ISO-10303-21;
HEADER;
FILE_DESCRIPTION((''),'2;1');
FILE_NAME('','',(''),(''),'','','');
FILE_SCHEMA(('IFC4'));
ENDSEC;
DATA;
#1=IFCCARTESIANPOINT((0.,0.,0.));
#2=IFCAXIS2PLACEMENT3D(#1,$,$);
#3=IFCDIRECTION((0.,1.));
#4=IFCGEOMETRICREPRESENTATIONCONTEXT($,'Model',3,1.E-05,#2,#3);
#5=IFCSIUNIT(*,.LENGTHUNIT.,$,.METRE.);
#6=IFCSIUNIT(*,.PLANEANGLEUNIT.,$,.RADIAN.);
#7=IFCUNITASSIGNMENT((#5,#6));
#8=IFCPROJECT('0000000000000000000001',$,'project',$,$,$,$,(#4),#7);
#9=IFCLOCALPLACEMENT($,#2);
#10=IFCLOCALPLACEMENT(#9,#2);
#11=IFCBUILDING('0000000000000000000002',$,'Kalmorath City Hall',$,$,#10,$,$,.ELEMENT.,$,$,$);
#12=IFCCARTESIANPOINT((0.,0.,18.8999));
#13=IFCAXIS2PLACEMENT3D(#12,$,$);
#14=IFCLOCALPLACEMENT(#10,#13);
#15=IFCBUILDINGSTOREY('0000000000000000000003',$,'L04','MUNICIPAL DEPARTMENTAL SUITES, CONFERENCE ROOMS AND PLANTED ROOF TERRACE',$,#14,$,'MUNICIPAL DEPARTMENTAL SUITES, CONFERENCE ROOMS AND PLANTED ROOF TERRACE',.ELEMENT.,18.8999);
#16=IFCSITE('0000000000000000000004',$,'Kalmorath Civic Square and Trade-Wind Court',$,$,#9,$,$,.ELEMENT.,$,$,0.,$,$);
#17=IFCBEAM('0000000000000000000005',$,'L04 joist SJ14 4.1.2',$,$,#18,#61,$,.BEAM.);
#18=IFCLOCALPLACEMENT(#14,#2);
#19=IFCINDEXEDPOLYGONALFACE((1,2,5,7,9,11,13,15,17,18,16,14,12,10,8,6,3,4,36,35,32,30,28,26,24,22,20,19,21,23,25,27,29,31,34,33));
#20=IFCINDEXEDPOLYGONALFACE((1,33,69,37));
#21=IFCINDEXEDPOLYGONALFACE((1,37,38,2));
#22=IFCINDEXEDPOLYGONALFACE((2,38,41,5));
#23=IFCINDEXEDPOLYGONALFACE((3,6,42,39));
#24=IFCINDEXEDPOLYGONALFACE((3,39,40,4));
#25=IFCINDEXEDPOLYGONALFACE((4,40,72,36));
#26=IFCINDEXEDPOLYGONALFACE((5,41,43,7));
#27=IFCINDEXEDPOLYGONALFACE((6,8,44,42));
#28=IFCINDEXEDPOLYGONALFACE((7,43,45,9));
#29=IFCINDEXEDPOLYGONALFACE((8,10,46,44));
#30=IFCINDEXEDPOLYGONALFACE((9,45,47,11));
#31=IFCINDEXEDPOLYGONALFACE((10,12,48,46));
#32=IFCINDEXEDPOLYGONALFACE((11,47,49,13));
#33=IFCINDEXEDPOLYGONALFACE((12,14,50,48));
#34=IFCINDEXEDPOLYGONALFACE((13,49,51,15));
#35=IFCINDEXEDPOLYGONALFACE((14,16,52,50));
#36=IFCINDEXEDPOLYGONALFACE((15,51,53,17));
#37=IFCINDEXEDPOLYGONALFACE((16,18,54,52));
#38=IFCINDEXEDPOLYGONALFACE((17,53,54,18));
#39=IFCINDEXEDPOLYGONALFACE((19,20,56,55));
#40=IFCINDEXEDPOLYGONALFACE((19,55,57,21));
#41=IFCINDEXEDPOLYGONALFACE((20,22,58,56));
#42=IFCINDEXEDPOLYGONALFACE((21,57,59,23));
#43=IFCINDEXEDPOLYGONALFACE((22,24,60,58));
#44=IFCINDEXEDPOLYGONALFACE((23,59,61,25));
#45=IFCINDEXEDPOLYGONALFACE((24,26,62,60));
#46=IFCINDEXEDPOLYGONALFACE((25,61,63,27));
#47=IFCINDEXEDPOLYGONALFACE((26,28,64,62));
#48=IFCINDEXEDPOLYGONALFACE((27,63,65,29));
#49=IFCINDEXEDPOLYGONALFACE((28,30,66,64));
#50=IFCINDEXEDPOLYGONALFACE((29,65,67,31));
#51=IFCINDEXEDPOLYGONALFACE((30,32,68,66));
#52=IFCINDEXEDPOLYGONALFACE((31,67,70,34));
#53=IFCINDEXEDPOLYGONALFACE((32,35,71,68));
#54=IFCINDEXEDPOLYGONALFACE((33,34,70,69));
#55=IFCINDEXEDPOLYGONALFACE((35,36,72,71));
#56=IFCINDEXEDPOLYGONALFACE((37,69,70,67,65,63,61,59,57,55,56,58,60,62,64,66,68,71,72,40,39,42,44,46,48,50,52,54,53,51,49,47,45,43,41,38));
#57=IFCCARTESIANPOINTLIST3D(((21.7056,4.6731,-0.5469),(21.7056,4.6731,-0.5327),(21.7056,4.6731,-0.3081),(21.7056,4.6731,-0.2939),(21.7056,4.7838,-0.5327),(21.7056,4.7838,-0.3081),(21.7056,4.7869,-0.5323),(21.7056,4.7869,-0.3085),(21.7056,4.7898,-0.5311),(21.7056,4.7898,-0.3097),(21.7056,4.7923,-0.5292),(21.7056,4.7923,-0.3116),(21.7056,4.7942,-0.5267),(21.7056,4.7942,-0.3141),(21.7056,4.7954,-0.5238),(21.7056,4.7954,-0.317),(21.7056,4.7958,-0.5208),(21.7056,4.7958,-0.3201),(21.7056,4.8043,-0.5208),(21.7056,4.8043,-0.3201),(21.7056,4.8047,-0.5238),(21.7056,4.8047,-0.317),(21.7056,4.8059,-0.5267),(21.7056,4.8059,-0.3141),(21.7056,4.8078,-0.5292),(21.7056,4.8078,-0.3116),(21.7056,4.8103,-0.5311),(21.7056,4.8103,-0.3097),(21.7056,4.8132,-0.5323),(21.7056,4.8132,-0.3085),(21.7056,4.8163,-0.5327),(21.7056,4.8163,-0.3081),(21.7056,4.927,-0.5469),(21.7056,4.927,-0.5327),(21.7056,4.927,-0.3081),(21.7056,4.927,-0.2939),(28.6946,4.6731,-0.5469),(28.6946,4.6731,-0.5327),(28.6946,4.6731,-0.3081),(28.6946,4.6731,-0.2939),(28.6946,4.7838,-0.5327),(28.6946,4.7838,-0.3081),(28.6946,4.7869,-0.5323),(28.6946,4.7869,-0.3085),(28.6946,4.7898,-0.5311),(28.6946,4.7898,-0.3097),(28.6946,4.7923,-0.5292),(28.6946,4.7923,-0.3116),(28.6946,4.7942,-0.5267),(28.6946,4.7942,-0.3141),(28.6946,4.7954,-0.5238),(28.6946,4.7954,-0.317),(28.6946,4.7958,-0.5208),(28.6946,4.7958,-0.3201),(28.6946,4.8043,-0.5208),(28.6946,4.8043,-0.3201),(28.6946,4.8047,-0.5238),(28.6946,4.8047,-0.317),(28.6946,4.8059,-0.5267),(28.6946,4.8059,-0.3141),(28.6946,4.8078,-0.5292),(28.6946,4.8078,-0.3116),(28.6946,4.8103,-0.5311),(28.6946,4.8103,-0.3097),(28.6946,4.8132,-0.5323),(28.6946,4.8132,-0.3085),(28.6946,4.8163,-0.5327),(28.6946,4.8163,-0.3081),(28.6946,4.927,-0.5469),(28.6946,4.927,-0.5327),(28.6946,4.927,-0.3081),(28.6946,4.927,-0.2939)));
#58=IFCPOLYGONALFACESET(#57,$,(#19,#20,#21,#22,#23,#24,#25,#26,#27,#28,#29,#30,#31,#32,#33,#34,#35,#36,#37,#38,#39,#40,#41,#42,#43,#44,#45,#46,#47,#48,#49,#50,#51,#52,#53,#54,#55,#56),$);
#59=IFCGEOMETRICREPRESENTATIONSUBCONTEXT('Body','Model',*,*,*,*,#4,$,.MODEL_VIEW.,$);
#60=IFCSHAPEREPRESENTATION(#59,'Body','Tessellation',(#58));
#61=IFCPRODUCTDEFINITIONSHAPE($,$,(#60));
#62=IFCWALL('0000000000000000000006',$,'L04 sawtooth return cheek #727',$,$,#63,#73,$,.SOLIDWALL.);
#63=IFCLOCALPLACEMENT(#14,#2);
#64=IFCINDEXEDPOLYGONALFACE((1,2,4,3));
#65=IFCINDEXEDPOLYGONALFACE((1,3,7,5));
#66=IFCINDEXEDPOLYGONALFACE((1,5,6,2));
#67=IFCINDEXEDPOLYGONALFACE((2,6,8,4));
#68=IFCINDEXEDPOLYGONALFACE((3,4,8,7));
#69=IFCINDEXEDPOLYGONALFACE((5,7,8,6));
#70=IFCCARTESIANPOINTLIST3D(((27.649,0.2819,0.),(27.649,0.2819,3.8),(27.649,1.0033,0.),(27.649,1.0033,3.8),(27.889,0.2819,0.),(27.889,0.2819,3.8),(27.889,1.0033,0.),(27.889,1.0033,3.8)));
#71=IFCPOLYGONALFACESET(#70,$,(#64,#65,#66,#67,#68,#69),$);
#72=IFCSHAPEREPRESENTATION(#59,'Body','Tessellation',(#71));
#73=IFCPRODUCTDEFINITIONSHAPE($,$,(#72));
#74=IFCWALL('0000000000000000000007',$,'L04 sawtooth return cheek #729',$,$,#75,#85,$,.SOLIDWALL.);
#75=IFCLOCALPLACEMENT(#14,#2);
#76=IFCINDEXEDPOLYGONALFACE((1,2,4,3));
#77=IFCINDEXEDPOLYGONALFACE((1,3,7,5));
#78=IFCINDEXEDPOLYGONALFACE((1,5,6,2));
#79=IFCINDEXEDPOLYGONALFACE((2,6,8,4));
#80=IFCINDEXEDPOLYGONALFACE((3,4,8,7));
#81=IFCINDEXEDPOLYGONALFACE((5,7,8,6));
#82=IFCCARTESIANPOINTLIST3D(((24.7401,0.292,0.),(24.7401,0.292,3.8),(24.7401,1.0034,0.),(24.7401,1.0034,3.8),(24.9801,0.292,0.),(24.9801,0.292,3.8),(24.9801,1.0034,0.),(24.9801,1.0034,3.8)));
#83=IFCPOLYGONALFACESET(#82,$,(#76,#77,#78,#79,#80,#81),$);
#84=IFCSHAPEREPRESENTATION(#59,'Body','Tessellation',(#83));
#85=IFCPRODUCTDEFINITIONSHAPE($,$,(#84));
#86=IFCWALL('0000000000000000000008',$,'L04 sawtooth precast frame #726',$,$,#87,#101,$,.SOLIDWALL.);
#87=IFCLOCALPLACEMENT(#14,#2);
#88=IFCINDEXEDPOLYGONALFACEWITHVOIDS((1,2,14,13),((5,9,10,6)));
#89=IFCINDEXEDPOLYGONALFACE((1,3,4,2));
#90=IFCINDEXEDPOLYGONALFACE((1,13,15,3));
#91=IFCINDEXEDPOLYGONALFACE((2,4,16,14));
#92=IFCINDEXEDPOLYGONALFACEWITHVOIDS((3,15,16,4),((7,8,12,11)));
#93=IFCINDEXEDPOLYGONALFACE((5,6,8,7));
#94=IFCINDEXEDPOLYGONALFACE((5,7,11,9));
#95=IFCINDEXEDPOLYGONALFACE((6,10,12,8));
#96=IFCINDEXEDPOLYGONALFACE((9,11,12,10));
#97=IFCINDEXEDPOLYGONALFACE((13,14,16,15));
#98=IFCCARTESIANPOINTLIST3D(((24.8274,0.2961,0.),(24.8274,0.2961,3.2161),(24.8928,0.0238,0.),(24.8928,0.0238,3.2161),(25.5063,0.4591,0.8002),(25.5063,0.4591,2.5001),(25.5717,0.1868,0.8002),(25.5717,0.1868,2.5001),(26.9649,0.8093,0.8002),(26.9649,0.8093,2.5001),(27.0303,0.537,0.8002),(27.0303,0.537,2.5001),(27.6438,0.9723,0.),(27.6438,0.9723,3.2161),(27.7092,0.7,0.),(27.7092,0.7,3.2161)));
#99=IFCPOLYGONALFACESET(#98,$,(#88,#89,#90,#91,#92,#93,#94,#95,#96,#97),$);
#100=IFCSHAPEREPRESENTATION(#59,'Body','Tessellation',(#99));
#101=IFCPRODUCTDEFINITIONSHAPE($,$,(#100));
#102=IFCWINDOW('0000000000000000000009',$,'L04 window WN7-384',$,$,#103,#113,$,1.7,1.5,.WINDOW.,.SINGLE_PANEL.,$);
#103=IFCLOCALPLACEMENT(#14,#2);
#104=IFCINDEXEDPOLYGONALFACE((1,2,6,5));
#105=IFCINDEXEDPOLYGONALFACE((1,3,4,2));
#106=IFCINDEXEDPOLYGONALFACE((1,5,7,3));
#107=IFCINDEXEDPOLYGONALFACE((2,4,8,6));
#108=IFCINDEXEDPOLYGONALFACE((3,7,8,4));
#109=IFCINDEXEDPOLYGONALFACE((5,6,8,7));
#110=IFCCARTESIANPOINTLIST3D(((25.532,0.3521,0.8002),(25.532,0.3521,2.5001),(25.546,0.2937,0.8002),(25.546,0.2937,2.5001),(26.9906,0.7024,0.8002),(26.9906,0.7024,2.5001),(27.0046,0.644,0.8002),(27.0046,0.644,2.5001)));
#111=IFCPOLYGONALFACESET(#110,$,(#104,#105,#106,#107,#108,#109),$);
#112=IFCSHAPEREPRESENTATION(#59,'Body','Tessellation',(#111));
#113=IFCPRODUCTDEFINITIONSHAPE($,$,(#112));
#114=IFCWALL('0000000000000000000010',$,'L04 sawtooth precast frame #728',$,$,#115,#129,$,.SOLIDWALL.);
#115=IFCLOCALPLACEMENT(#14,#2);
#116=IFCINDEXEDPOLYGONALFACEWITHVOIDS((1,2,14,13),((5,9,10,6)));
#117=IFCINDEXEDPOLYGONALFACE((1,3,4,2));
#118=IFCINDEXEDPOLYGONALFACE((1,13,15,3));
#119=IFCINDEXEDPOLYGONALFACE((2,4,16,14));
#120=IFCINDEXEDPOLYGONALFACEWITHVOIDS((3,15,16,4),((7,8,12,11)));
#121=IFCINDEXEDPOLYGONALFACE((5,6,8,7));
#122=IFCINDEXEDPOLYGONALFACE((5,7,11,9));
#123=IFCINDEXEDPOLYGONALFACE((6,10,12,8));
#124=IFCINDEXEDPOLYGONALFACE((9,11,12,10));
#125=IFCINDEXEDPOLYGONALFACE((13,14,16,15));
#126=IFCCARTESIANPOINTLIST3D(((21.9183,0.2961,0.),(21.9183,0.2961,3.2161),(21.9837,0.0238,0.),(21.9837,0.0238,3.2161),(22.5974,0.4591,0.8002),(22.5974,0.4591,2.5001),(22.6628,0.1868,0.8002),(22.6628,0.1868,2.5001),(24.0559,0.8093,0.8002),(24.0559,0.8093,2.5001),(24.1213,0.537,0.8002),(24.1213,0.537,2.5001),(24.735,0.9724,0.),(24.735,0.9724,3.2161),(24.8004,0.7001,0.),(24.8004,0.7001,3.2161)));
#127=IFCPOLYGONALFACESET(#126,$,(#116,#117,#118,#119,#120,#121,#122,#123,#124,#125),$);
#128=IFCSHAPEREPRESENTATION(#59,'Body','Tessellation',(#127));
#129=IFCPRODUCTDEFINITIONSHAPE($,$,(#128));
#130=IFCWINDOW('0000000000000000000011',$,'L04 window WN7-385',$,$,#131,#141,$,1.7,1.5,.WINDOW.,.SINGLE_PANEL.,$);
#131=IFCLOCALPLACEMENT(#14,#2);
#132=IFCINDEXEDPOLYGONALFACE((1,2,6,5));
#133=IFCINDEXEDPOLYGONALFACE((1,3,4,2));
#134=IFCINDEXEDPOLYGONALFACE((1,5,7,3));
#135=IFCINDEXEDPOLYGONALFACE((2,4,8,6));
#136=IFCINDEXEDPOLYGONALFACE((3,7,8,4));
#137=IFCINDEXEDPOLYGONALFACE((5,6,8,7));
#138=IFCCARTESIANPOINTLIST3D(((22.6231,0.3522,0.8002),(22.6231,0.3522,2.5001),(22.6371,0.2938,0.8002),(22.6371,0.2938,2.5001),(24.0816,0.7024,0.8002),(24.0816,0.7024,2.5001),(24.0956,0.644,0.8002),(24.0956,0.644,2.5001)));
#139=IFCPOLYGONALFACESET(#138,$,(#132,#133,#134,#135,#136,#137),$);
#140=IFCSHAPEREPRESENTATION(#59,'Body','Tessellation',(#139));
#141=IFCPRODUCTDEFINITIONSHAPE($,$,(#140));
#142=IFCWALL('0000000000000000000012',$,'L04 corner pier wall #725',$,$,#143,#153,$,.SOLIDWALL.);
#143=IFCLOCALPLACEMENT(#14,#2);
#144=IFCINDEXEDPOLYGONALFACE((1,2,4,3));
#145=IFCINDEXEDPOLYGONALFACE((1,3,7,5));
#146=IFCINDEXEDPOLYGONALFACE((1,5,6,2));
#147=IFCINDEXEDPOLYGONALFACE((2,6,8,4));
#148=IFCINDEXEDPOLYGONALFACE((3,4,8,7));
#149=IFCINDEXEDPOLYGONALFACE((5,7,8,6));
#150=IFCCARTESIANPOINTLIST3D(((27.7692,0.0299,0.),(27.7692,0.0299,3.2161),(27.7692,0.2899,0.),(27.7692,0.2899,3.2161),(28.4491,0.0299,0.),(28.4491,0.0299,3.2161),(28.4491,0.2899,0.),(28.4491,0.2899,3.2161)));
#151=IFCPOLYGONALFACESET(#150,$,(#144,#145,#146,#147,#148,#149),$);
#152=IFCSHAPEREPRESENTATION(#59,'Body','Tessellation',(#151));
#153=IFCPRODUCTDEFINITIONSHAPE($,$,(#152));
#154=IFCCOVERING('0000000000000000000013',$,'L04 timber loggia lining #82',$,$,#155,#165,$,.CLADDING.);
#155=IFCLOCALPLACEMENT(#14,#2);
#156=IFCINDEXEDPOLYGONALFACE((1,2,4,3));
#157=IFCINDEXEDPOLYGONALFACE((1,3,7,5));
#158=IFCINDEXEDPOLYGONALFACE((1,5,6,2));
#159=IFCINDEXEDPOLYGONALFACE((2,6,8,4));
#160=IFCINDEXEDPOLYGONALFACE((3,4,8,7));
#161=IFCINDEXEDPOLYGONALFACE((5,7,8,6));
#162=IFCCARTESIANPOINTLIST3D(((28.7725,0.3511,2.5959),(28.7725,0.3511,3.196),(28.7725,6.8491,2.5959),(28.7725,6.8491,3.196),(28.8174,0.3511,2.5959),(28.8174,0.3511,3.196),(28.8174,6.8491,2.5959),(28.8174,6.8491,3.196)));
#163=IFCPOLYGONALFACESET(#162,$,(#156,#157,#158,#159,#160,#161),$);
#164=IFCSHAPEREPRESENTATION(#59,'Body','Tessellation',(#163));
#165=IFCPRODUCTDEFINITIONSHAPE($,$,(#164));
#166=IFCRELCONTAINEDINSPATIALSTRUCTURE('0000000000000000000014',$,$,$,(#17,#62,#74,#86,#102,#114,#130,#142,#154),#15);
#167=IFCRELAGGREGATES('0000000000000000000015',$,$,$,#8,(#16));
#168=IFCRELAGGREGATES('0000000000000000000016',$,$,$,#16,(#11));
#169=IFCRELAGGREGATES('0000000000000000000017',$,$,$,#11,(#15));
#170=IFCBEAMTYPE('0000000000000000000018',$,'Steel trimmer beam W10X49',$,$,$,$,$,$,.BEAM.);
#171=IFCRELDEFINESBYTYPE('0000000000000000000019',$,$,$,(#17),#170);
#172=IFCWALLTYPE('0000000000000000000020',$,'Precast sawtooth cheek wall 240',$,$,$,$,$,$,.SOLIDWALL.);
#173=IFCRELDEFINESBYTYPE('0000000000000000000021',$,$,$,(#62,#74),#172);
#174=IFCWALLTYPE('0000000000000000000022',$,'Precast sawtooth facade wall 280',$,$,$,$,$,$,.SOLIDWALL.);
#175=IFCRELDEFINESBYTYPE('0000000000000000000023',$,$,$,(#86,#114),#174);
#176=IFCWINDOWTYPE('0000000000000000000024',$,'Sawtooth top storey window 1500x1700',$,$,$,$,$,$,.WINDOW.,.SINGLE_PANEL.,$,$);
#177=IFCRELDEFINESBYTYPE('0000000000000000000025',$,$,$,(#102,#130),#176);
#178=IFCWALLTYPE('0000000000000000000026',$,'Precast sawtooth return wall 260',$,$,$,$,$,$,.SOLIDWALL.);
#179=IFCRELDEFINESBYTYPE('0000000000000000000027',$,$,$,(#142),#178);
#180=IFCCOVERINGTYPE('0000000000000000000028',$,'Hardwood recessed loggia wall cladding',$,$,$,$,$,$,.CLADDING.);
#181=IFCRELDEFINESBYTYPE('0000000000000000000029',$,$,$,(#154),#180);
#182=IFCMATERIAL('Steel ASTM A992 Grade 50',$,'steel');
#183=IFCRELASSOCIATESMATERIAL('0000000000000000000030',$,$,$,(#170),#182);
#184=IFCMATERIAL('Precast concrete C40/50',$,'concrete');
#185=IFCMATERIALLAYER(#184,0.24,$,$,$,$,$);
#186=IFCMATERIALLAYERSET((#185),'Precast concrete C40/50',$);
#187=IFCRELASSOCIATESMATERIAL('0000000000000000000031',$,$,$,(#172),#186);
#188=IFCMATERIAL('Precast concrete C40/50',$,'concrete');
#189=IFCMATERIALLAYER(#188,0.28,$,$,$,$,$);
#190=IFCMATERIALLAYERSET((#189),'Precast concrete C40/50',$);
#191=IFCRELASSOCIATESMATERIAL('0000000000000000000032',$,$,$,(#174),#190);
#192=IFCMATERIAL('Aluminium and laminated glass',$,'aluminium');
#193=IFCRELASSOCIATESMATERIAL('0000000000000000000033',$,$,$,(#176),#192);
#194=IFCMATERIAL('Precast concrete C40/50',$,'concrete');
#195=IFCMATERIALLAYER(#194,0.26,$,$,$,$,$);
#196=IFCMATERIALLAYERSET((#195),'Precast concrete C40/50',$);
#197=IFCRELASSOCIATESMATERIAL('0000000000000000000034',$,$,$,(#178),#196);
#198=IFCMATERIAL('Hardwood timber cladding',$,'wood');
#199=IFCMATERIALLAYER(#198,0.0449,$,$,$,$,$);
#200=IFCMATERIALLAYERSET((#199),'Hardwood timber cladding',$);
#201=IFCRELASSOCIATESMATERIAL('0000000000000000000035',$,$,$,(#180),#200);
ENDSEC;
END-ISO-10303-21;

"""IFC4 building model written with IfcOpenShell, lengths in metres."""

from ifc_helpers import new_model, si_unit, direction, frame, frame_2d, origin, origin_2d, place, context, subcontext, project, spatial, rectangle, i_section, extrude, material, layer, layer_set, material_profile, profile_set, type_object, element, fill, save


model = new_model("IFC4")

# Units and contexts
model_context = context("Model", 3, precision=1e-05, world=origin(), true_north=direction((0.0, 1.0)))
body_context = subcontext(model_context, "Body", "Model", "MODEL_VIEW")
ifc_project = project(units=[si_unit("LENGTHUNIT", "METRE"), si_unit("PLANEANGLEUNIT", "RADIAN")], contexts=[model_context])

# Site, building, storey
site_placement = place(None, origin())
site = spatial("IfcSite", under=ifc_project, at=site_placement, Name="Kalmorath Civic Square and Trade-Wind Court", CompositionType="ELEMENT", RefElevation=0.0)
building_placement = place(site_placement, origin())
building = spatial("IfcBuilding", under=site, at=building_placement, Name="Kalmorath City Hall", CompositionType="ELEMENT")
storey_placement = place(building_placement, frame((0.0, 0.0, 18.8999)))
storey = spatial("IfcBuildingStorey", under=building, at=storey_placement, Name="L04", Description="MUNICIPAL DEPARTMENTAL SUITES, CONFERENCE ROOMS AND PLANTED ROOF TERRACE", LongName="MUNICIPAL DEPARTMENTAL SUITES, CONFERENCE ROOMS AND PLANTED ROOF TERRACE", CompositionType="ELEMENT", Elevation=18.8999)

# Beam
ifc_material_1 = material(Name="Steel ASTM A992 Grade 50", Category="steel")
ifc_material_profile_1 = material_profile(ifc_material_1, i_section(OverallWidth=0.2539, OverallDepth=0.2529, WebThickness=0.0085, FlangeThickness=0.0142, FilletRadius=0.012, at=origin_2d()), Name="W10X49")
ifc_profile_set_1 = profile_set([ifc_material_profile_1], Name="Steel ASTM A992 Grade 50")
beam_type_1 = type_object("IfcBeamType", Name="Steel trimmer beam W10X49", PredefinedType="BEAM", material=ifc_profile_set_1)
for number, where, z_axis, x_axis, name in (
    (1, (21.7056, 4.8, -0.4204), (1.0, 0.0, 0.0), (0.0, 1.0, 0.0), "L04 joist SJ14 4.1.2"),
):
    element("IfcBeam", number, at=place(storey_placement, frame(where, z_axis=z_axis, x_axis=x_axis)), inside=storey, type_object=beam_type_1, Name=name, PredefinedType="BEAM", context=body_context, shape_type="SweptSolid", body=[
        extrude(i_section(OverallWidth=0.2539, OverallDepth=0.2529, WebThickness=0.0085, FlangeThickness=0.0142, FilletRadius=0.012, at=origin_2d()), origin(), (0.0, 0.0, 1.0), 6.989),
    ])

# Walls
ifc_material_2 = material(Name="Precast concrete C40/50", Category="concrete")
ifc_layer_1 = layer(ifc_material_2, 0.24)
ifc_layer_set_1 = layer_set([ifc_layer_1], Name="Precast concrete C40/50")
wall_type_1 = type_object("IfcWallType", Name="Precast sawtooth cheek wall 240", PredefinedType="SOLIDWALL", material=ifc_layer_set_1)
wall_1_placement = place(storey_placement, frame((27.769, 1.0034, 0.0), z_axis=(0.0, 0.0, 1.0), x_axis=(0.0, -1.0, 0.0)))
element("IfcWall", 2, at=wall_1_placement, inside=storey, type_object=wall_type_1, Name="L04 sawtooth return cheek #727", PredefinedType="SOLIDWALL", context=body_context, shape_type="SweptSolid", body=[
    extrude(rectangle(XDim=0.7214, YDim=0.24, at=frame_2d((0.3608, 0.0))), origin(), (0.0, 0.0, 1.0), 3.8),
])
wall_2_placement = place(storey_placement, frame((24.8601, 1.0034, 0.0), z_axis=(0.0, 0.0, 1.0), x_axis=(0.0, -1.0, 0.0)))
element("IfcWall", 3, at=wall_2_placement, inside=storey, type_object=wall_type_1, Name="L04 sawtooth return cheek #729", PredefinedType="SOLIDWALL", context=body_context, shape_type="SweptSolid", body=[
    extrude(rectangle(XDim=0.7114, YDim=0.24, at=frame_2d((0.3557, 0.0))), origin(), (0.0, 0.0, 1.0), 3.8),
])

# Walls, openings, windows
ifc_material_3 = material(Name="Precast concrete C40/50", Category="concrete")
ifc_layer_2 = layer(ifc_material_3, 0.28)
ifc_layer_set_2 = layer_set([ifc_layer_2], Name="Precast concrete C40/50")
wall_type_2 = type_object("IfcWallType", Name="Precast sawtooth facade wall 280", PredefinedType="SOLIDWALL", material=ifc_layer_set_2)
wall_3_placement = place(storey_placement, frame((27.6765, 0.8362, 0.0), z_axis=(0.0, 0.0, 1.0), x_axis=(-0.972361, -0.233481, 0.0)))
wall_3 = element("IfcWall", 4, at=wall_3_placement, inside=storey, type_object=wall_type_2, Name="L04 sawtooth precast frame #726", PredefinedType="SOLIDWALL", context=body_context, shape_type="SweptSolid", body=[
    extrude(rectangle(XDim=2.8965, YDim=0.28, at=frame_2d((1.4482, 0.0))), origin(), (0.0, 0.0, 1.0), 3.2161),
])
opening_1_placement = place(wall_3_placement, frame((0.6982, 0.0, 0.8)))
opening_1 = element("IfcOpeningElement", 5, at=opening_1_placement, cuts=wall_3, PredefinedType="OPENING", context=body_context, shape_type="SweptSolid", body=[
    extrude(rectangle(XDim=1.5, YDim=1.7, at=frame_2d((0.75, 0.8501))), frame((0.0, 0.1499, 0.0), z_axis=(0.0, -1.0, 0.0), x_axis=(1.0, 0.0, 0.0)), (0.0, 0.0, 1.0), 0.3),
])
ifc_material_4 = material(Name="Aluminium and laminated glass", Category="aluminium")
window_type_1 = type_object("IfcWindowType", Name="Sawtooth top storey window 1500x1700", PartitioningType="SINGLE_PANEL", PredefinedType="WINDOW", material=ifc_material_4)
window_1_placement = place(opening_1_placement, origin())
window_1 = element("IfcWindow", 6, at=window_1_placement, inside=storey, type_object=window_type_1, Name="L04 window WN7-384", OverallHeight=1.7, OverallWidth=1.5, PartitioningType="SINGLE_PANEL", PredefinedType="WINDOW", context=body_context, shape_type="SweptSolid", body=[
    extrude(rectangle(XDim=1.5, YDim=1.7, at=frame_2d((0.75, 0.8501))), frame((0.0, 0.03, 0.0), z_axis=(0.0, -1.0, 0.0), x_axis=(1.0, 0.0, 0.0)), (0.0, 0.0, 1.0), 0.0601),
])
fill(opening_1, window_1)
wall_4_placement = place(storey_placement, frame((24.7676, 0.8362, 0.0), z_axis=(0.0, 0.0, 1.0), x_axis=(-0.972366, -0.233462, 0.0)))
wall_4 = element("IfcWall", 7, at=wall_4_placement, inside=storey, type_object=wall_type_2, Name="L04 sawtooth precast frame #728", PredefinedType="SOLIDWALL", context=body_context, shape_type="SweptSolid", body=[
    extrude(rectangle(XDim=2.8967, YDim=0.28, at=frame_2d((1.4482, 0.0))), origin(), (0.0, 0.0, 1.0), 3.2161),
])
opening_2_placement = place(wall_4_placement, frame((0.6982, 0.0, 0.8)))
opening_2 = element("IfcOpeningElement", 8, at=opening_2_placement, cuts=wall_4, PredefinedType="OPENING", context=body_context, shape_type="SweptSolid", body=[
    extrude(rectangle(XDim=1.5, YDim=1.7, at=frame_2d((0.75, 0.8501))), frame((0.0, 0.1499, 0.0), z_axis=(0.0, -1.0, 0.0), x_axis=(1.0, 0.0, 0.0)), (0.0, 0.0, 1.0), 0.3),
])
window_2_placement = place(opening_2_placement, origin())
window_2 = element("IfcWindow", 9, at=window_2_placement, inside=storey, type_object=window_type_1, Name="L04 window WN7-385", OverallHeight=1.7, OverallWidth=1.5, PartitioningType="SINGLE_PANEL", PredefinedType="WINDOW", context=body_context, shape_type="SweptSolid", body=[
    extrude(rectangle(XDim=1.5, YDim=1.7, at=frame_2d((0.75, 0.8501))), frame((0.0, 0.03, 0.0), z_axis=(0.0, -1.0, 0.0), x_axis=(1.0, 0.0, 0.0)), (0.0, 0.0, 1.0), 0.0601),
])
fill(opening_2, window_2)

# Wall
ifc_material_5 = material(Name="Precast concrete C40/50", Category="concrete")
ifc_layer_3 = layer(ifc_material_5, 0.26)
ifc_layer_set_3 = layer_set([ifc_layer_3], Name="Precast concrete C40/50")
wall_type_3 = type_object("IfcWallType", Name="Precast sawtooth return wall 260", PredefinedType="SOLIDWALL", material=ifc_layer_set_3)
wall_5_placement = place(storey_placement, frame((28.449, 0.1599, 0.0), z_axis=(0.0, 0.0, 1.0), x_axis=(-1.0, 0.0, 0.0)))
element("IfcWall", 10, at=wall_5_placement, inside=storey, type_object=wall_type_3, Name="L04 corner pier wall #725", PredefinedType="SOLIDWALL", context=body_context, shape_type="SweptSolid", body=[
    extrude(rectangle(XDim=0.6799, YDim=0.26, at=frame_2d((0.3398, 0.0))), origin(), (0.0, 0.0, 1.0), 3.2161),
])

# Covering
ifc_material_6 = material(Name="Hardwood timber cladding", Category="wood")
ifc_layer_4 = layer(ifc_material_6, 0.0449)
ifc_layer_set_4 = layer_set([ifc_layer_4], Name="Hardwood timber cladding")
covering_type = type_object("IfcCoveringType", Name="Hardwood recessed loggia wall cladding", PredefinedType="CLADDING", material=ifc_layer_set_4)
covering_placement = place(storey_placement, frame((28.7949, 3.6001, 2.5959), z_axis=(0.0, 0.0, 1.0), x_axis=(0.0, -1.0, 0.0)))
element("IfcCovering", 11, at=covering_placement, inside=storey, type_object=covering_type, Name="L04 timber loggia lining #82", PredefinedType="CLADDING", context=body_context, shape_type="SweptSolid", body=[
    extrude(rectangle(XDim=6.498, YDim=0.0449, at=origin_2d()), origin(), (0.0, 0.0, 1.0), 0.6001),
])

save(model, "model.ifc")
